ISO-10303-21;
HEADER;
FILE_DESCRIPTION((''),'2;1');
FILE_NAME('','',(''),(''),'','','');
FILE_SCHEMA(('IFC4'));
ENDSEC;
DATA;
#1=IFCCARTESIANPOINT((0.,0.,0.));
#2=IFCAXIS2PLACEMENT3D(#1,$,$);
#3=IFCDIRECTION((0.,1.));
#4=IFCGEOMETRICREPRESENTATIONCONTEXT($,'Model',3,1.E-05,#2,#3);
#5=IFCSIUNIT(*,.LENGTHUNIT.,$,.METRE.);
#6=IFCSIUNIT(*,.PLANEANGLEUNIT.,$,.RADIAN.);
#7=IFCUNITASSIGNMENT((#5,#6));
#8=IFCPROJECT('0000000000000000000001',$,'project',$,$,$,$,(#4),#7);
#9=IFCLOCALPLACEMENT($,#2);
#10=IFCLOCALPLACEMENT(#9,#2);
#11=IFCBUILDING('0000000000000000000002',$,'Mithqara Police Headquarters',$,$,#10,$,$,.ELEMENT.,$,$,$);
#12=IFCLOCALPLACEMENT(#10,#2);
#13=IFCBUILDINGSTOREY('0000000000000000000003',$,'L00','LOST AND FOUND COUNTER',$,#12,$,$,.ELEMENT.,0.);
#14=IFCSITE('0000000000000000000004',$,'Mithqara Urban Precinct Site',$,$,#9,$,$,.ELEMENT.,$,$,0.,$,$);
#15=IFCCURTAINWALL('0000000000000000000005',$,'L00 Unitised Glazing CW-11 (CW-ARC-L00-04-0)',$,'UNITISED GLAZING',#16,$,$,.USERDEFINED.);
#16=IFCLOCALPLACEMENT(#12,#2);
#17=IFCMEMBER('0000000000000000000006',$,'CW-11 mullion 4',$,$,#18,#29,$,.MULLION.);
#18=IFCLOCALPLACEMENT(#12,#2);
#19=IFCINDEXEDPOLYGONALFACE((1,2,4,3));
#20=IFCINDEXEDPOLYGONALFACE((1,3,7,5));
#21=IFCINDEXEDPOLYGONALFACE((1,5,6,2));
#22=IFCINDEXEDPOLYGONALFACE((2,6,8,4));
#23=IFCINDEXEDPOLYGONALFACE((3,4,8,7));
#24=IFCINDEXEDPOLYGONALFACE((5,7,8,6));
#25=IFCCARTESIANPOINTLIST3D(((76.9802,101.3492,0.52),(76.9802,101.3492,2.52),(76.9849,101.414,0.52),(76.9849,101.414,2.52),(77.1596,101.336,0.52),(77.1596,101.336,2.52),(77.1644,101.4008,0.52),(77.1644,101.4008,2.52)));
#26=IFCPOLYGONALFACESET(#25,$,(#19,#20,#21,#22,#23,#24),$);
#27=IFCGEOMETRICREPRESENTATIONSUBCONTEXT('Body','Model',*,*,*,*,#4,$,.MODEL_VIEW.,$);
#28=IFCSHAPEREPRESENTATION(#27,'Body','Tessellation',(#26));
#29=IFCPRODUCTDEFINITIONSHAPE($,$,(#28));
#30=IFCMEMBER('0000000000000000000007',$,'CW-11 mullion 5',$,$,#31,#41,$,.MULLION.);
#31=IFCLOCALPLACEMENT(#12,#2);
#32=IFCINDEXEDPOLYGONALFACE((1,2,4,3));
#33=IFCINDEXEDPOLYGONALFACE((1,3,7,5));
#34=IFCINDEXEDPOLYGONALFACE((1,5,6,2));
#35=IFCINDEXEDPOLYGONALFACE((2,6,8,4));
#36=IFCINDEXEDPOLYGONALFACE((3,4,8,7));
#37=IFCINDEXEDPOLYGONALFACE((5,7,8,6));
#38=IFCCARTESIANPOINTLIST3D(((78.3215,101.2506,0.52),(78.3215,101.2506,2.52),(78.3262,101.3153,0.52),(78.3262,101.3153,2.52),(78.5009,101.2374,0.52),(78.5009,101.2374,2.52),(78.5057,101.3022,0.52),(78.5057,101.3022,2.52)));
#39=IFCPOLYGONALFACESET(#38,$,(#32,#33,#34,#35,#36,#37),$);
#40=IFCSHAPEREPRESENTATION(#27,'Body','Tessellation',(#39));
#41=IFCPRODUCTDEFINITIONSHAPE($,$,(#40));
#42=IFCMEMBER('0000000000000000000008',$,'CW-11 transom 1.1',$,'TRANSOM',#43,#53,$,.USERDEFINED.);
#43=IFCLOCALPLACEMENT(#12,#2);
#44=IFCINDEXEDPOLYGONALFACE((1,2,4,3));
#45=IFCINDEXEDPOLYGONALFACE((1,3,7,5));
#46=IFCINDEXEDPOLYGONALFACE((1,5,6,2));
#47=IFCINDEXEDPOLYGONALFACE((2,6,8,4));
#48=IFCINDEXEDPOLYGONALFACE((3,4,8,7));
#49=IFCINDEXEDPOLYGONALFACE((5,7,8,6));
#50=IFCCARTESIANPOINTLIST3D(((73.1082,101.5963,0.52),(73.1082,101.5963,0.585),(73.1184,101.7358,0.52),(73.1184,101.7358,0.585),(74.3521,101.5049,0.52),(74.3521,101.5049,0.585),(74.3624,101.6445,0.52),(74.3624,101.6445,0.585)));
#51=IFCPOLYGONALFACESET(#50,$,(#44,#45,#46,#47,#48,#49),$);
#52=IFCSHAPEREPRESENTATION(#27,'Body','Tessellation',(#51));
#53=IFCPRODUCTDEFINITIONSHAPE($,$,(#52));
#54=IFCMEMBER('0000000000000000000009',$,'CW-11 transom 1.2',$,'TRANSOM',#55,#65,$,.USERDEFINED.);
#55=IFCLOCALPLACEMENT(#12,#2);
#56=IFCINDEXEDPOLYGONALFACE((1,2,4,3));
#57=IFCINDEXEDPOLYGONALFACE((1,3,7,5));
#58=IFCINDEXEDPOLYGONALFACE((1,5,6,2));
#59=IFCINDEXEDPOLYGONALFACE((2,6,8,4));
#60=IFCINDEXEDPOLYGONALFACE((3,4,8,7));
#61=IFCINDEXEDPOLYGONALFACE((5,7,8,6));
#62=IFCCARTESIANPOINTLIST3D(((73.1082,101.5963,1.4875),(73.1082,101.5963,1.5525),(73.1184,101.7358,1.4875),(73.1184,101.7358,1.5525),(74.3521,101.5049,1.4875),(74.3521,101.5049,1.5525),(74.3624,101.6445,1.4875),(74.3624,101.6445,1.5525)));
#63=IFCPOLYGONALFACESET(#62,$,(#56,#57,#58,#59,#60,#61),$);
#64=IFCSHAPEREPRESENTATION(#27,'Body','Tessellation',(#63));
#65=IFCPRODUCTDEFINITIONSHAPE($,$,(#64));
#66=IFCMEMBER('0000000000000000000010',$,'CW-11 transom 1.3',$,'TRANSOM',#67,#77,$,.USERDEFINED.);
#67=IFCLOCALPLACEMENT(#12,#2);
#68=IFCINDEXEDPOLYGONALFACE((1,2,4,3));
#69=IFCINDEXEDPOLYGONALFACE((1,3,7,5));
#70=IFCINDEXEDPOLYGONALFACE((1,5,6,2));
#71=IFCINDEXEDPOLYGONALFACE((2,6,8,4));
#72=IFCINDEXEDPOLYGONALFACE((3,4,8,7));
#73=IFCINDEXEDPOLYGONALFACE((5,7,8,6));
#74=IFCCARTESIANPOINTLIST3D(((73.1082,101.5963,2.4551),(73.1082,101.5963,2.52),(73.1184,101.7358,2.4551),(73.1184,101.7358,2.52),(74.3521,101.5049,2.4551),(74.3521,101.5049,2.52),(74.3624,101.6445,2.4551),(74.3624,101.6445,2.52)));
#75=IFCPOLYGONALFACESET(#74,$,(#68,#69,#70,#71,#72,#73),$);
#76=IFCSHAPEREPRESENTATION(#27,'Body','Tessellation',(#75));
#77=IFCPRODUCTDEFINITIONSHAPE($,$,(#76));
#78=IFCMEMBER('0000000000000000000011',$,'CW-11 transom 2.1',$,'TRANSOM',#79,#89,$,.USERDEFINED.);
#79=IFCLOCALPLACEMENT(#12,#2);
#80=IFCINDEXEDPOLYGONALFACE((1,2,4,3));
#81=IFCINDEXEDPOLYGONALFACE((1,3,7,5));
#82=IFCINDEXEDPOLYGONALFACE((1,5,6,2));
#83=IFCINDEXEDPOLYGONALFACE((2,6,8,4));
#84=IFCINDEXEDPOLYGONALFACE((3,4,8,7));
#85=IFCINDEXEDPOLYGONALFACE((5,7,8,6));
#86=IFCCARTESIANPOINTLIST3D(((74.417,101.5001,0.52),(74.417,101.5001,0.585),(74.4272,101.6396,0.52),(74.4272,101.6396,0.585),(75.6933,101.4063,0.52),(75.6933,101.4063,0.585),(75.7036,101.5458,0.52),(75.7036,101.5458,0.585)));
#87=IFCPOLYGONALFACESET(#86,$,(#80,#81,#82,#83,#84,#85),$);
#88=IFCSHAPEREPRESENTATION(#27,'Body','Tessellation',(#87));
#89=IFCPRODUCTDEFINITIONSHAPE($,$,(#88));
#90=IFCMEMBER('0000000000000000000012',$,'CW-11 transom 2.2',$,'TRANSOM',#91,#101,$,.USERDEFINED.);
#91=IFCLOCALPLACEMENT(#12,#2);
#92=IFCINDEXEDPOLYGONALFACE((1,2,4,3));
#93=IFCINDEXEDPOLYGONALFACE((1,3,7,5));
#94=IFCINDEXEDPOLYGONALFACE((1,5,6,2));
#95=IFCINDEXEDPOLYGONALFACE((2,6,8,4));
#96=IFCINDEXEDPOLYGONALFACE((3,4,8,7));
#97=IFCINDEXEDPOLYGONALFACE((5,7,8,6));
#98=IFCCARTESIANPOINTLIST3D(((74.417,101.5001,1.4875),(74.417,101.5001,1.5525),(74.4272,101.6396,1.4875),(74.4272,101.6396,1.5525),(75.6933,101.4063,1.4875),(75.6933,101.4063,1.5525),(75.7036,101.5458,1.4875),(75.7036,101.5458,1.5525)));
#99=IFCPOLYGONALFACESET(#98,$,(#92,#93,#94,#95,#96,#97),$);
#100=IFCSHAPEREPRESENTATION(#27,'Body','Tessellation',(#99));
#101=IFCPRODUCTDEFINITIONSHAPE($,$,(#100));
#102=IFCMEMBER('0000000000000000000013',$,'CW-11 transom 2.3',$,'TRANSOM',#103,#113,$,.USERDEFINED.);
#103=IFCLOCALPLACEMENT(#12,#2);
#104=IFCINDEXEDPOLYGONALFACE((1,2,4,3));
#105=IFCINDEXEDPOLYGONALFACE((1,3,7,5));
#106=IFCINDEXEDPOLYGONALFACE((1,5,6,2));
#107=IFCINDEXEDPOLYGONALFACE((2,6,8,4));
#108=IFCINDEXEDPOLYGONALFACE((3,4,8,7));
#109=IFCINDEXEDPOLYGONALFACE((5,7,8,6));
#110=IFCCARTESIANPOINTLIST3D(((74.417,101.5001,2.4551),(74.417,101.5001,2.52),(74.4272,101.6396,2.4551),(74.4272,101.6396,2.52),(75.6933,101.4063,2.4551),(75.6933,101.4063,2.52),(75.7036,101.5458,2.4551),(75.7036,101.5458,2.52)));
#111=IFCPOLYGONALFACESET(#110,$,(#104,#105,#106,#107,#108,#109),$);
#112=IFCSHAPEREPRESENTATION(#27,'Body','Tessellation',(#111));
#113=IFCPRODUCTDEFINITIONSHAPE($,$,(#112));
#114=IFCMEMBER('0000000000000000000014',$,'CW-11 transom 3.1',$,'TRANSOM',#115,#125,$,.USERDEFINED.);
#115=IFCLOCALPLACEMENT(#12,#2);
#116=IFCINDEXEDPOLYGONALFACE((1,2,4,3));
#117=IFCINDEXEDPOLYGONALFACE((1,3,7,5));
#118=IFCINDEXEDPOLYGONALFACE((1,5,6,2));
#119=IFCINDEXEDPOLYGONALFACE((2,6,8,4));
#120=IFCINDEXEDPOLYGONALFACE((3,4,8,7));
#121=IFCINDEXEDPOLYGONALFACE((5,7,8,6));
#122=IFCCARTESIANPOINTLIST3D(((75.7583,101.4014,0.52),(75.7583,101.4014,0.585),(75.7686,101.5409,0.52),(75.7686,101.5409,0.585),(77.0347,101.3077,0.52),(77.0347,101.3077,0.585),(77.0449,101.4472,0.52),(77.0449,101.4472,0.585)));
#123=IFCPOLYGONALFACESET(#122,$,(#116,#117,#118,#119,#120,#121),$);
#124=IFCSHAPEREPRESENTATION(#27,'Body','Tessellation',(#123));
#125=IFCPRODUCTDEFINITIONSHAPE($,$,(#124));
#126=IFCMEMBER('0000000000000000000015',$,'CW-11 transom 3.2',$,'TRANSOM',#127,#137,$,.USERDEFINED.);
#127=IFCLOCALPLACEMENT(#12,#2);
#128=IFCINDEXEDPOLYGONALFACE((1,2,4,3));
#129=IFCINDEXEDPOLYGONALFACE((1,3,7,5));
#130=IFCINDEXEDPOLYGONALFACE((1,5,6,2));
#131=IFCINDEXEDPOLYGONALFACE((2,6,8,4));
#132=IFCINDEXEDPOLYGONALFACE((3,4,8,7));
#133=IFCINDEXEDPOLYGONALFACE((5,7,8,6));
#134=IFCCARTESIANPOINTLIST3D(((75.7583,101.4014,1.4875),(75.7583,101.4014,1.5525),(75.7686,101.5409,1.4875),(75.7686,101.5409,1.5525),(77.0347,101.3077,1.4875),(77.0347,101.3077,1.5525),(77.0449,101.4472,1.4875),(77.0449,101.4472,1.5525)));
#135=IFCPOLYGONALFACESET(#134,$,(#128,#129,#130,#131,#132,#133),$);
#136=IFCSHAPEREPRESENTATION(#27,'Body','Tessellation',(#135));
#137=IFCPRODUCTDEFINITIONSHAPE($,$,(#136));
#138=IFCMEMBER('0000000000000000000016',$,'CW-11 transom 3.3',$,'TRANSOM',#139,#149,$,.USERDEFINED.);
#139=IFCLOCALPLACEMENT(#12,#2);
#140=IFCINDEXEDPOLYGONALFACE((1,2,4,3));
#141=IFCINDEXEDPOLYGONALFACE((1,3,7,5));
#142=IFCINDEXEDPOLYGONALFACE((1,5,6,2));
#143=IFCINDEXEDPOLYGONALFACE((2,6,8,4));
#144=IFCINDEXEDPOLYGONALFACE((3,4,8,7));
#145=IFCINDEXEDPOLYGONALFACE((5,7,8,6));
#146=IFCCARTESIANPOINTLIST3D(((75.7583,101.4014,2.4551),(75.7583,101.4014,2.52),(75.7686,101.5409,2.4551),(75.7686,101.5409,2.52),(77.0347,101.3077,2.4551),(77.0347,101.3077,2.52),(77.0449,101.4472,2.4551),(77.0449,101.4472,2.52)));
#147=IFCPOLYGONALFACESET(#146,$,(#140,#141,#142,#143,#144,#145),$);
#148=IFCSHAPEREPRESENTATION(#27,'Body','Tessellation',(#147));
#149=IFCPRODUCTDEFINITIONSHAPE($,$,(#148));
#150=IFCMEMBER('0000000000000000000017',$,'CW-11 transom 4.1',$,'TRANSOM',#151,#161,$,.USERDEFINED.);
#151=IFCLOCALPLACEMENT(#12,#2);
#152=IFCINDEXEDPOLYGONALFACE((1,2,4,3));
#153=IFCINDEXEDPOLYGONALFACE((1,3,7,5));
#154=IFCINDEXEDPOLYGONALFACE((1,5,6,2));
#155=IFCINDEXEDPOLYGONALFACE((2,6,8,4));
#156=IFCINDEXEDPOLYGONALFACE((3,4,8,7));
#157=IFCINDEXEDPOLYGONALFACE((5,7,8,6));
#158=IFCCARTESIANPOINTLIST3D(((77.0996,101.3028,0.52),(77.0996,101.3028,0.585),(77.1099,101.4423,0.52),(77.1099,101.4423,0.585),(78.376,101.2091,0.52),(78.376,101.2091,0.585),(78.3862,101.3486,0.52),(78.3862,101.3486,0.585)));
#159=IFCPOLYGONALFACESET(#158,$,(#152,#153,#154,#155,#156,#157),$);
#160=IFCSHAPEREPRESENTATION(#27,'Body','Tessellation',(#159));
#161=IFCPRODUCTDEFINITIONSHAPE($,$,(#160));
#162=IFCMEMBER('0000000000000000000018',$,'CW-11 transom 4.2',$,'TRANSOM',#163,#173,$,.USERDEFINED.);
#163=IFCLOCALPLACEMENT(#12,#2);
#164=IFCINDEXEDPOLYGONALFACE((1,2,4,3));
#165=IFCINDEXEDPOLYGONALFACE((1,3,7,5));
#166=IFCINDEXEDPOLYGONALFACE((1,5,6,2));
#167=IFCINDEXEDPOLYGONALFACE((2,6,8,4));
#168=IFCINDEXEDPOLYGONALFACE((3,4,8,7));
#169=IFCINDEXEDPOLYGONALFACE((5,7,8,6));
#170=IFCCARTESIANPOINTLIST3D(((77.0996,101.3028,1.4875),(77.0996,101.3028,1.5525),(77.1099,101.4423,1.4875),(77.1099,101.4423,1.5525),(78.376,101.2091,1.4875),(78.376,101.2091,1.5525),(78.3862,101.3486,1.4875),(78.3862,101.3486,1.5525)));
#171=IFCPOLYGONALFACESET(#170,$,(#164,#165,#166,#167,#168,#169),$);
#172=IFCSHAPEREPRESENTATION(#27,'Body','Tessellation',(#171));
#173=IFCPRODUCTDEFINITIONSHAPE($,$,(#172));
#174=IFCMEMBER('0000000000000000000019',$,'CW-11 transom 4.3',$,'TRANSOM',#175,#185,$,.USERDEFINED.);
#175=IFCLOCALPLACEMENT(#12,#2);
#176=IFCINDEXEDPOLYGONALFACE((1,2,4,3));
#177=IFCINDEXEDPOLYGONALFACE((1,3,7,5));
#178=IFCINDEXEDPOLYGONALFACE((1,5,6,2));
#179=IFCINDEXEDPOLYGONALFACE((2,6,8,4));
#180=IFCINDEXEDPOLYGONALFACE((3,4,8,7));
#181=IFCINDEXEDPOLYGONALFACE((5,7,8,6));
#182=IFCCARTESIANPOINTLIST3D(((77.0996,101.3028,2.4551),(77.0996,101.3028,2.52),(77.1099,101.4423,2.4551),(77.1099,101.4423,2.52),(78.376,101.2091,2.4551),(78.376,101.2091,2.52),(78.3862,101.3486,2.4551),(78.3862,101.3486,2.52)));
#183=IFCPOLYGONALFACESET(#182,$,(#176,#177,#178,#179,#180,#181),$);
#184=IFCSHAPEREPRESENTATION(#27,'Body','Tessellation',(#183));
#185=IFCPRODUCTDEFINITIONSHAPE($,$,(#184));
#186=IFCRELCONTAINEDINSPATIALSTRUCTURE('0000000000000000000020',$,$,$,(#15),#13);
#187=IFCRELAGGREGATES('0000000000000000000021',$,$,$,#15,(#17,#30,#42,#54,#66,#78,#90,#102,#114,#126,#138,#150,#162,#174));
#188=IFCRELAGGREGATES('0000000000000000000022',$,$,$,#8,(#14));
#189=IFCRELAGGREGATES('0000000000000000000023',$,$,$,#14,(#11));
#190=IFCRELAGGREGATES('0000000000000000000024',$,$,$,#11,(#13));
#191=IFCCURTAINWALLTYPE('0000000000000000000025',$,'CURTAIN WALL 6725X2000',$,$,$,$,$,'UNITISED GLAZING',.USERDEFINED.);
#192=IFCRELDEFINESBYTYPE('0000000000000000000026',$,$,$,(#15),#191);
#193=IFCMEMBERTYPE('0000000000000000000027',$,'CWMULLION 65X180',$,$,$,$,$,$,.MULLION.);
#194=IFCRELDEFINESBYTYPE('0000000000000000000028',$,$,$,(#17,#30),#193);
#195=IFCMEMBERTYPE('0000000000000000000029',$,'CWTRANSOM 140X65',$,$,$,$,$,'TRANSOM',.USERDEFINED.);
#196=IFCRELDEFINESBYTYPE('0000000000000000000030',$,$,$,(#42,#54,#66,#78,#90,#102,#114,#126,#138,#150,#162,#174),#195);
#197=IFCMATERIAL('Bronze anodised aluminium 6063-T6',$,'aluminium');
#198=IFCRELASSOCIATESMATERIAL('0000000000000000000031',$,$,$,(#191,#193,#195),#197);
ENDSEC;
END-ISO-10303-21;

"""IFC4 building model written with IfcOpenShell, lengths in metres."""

from ifc_helpers import new_model, si_unit, direction, frame, origin, origin_2d, place, context, subcontext, project, spatial, rectangle, extrude, material, material_profile, profile_set, type_object, element, aggregate, save


model = new_model("IFC4")

# Units and contexts
model_context = context("Model", 3, precision=1e-05, world=origin(), true_north=direction((0.0, 1.0)))
body_context = subcontext(model_context, "Body", "Model", "MODEL_VIEW")
ifc_project = project(units=[si_unit("LENGTHUNIT", "METRE"), si_unit("PLANEANGLEUNIT", "RADIAN")], contexts=[model_context])

# Site, building, storey
site_placement = place(None, origin())
site = spatial("IfcSite", under=ifc_project, at=site_placement, Name="Mithqara Urban Precinct Site", CompositionType="ELEMENT", RefElevation=0.0)
building_placement = place(site_placement, origin())
building = spatial("IfcBuilding", under=site, at=building_placement, Name="Mithqara Police Headquarters", CompositionType="ELEMENT")
storey_placement = place(building_placement, origin())
storey = spatial("IfcBuildingStorey", under=building, at=storey_placement, Name="L00", Description="LOST AND FOUND COUNTER", CompositionType="ELEMENT", Elevation=0.0)

# Curtain wall, members
ifc_material_1 = material(Name="Bronze anodised aluminium 6063-T6", Category="aluminium")
curtain_wall_type = type_object("IfcCurtainWallType", Name="CURTAIN WALL 6725X2000", ElementType="UNITISED GLAZING", PredefinedType="USERDEFINED", material=ifc_material_1)
curtain_wall_placement = place(storey_placement, origin())
curtain_wall = element("IfcCurtainWall", 1, at=curtain_wall_placement, inside=storey, type_object=curtain_wall_type, Name="L00 Unitised Glazing CW-11 (CW-ARC-L00-04-0)", ObjectType="UNITISED GLAZING", PredefinedType="USERDEFINED")
ifc_material_profile_1 = material_profile(ifc_material_1, rectangle(XDim=0.0649, YDim=0.1799, at=origin_2d()), Name="CWM 65x180")
ifc_profile_set_1 = profile_set([ifc_material_profile_1], Name="Bronze anodised aluminium 6063-T6")
member_type_1 = type_object("IfcMemberType", Name="CWMULLION 65X180", PredefinedType="MULLION", material=ifc_profile_set_1)
member_1_placement = place(storey_placement, frame((77.0723, 101.375, 0.52), z_axis=(0.0, 0.0, 1.0), x_axis=(0.073298, 0.99731, 0.0)))
member_1 = element("IfcMember", 2, at=member_1_placement, type_object=member_type_1, Name="CW-11 mullion 4", PredefinedType="MULLION", context=body_context, shape_type="SweptSolid", body=[
    extrude(rectangle(XDim=0.0649, YDim=0.1799, at=origin_2d()), origin(), (0.0, 0.0, 1.0), 2.0),
])
member_2_placement = place(storey_placement, frame((78.4136, 101.2764, 0.52), z_axis=(0.0, 0.0, 1.0), x_axis=(0.073298, 0.99731, 0.0)))
member_2 = element("IfcMember", 3, at=member_2_placement, type_object=member_type_1, Name="CW-11 mullion 5", PredefinedType="MULLION", context=body_context, shape_type="SweptSolid", body=[
    extrude(rectangle(XDim=0.0649, YDim=0.1799, at=origin_2d()), origin(), (0.0, 0.0, 1.0), 2.0),
])
ifc_material_profile_2 = material_profile(ifc_material_1, rectangle(XDim=0.1399, YDim=0.0649, at=origin_2d()), Name="CWT 140x65")
ifc_profile_set_2 = profile_set([ifc_material_profile_2], Name="Bronze anodised aluminium 6063-T6")
member_type_2 = type_object("IfcMemberType", Name="CWTRANSOM 140X65", ElementType="TRANSOM", PredefinedType="USERDEFINED", material=ifc_profile_set_2)
member_3_placement = place(storey_placement, frame((73.1133, 101.666, 0.5525), z_axis=(0.997317, -0.073208, 0.0), x_axis=(0.073208, 0.997317, 0.0)))
member_3 = element("IfcMember", 4, at=member_3_placement, type_object=member_type_2, Name="CW-11 transom 1.1", ObjectType="TRANSOM", PredefinedType="USERDEFINED", context=body_context, shape_type="SweptSolid", body=[
    extrude(rectangle(XDim=0.1399, YDim=0.0649, at=origin_2d()), origin(), (0.0, 0.0, 1.0), 1.2473),
])
member_4_placement = place(storey_placement, frame((73.1133, 101.666, 1.52), z_axis=(0.997317, -0.073208, 0.0), x_axis=(0.073208, 0.997317, 0.0)))
member_4 = element("IfcMember", 5, at=member_4_placement, type_object=member_type_2, Name="CW-11 transom 1.2", ObjectType="TRANSOM", PredefinedType="USERDEFINED", context=body_context, shape_type="SweptSolid", body=[
    extrude(rectangle(XDim=0.1399, YDim=0.0649, at=origin_2d()), origin(), (0.0, 0.0, 1.0), 1.2473),
])
member_5_placement = place(storey_placement, frame((73.1133, 101.666, 2.4875), z_axis=(0.997317, -0.073208, 0.0), x_axis=(0.073208, 0.997317, 0.0)))
member_5 = element("IfcMember", 6, at=member_5_placement, type_object=member_type_2, Name="CW-11 transom 1.3", ObjectType="TRANSOM", PredefinedType="USERDEFINED", context=body_context, shape_type="SweptSolid", body=[
    extrude(rectangle(XDim=0.1399, YDim=0.0649, at=origin_2d()), origin(), (0.0, 0.0, 1.0), 1.2473),
])
member_6_placement = place(storey_placement, frame((74.4221, 101.5698, 0.5525), z_axis=(0.997313, -0.073253, 0.0), x_axis=(0.073253, 0.997313, 0.0)))
member_6 = element("IfcMember", 7, at=member_6_placement, type_object=member_type_2, Name="CW-11 transom 2.1", ObjectType="TRANSOM", PredefinedType="USERDEFINED", context=body_context, shape_type="SweptSolid", body=[
    extrude(rectangle(XDim=0.1399, YDim=0.0649, at=origin_2d()), origin(), (0.0, 0.0, 1.0), 1.2798),
])
member_7_placement = place(storey_placement, frame((74.4221, 101.5698, 1.52), z_axis=(0.997313, -0.073253, 0.0), x_axis=(0.073253, 0.997313, 0.0)))
member_7 = element("IfcMember", 8, at=member_7_placement, type_object=member_type_2, Name="CW-11 transom 2.2", ObjectType="TRANSOM", PredefinedType="USERDEFINED", context=body_context, shape_type="SweptSolid", body=[
    extrude(rectangle(XDim=0.1399, YDim=0.0649, at=origin_2d()), origin(), (0.0, 0.0, 1.0), 1.2798),
])
member_8_placement = place(storey_placement, frame((74.4221, 101.5698, 2.4875), z_axis=(0.997313, -0.073253, 0.0), x_axis=(0.073253, 0.997313, 0.0)))
member_8 = element("IfcMember", 9, at=member_8_placement, type_object=member_type_2, Name="CW-11 transom 2.3", ObjectType="TRANSOM", PredefinedType="USERDEFINED", context=body_context, shape_type="SweptSolid", body=[
    extrude(rectangle(XDim=0.1399, YDim=0.0649, at=origin_2d()), origin(), (0.0, 0.0, 1.0), 1.2798),
])
member_9_placement = place(storey_placement, frame((75.7634, 101.4712, 0.5525), z_axis=(0.997313, -0.073253, 0.0), x_axis=(0.073253, 0.997313, 0.0)))
member_9 = element("IfcMember", 10, at=member_9_placement, type_object=member_type_2, Name="CW-11 transom 3.1", ObjectType="TRANSOM", PredefinedType="USERDEFINED", context=body_context, shape_type="SweptSolid", body=[
    extrude(rectangle(XDim=0.1399, YDim=0.0649, at=origin_2d()), origin(), (0.0, 0.0, 1.0), 1.2798),
])
member_10_placement = place(storey_placement, frame((75.7634, 101.4712, 1.52), z_axis=(0.997313, -0.073253, 0.0), x_axis=(0.073253, 0.997313, 0.0)))
member_10 = element("IfcMember", 11, at=member_10_placement, type_object=member_type_2, Name="CW-11 transom 3.2", ObjectType="TRANSOM", PredefinedType="USERDEFINED", context=body_context, shape_type="SweptSolid", body=[
    extrude(rectangle(XDim=0.1399, YDim=0.0649, at=origin_2d()), origin(), (0.0, 0.0, 1.0), 1.2798),
])
member_11_placement = place(storey_placement, frame((75.7634, 101.4712, 2.4875), z_axis=(0.997313, -0.073253, 0.0), x_axis=(0.073253, 0.997313, 0.0)))
member_11 = element("IfcMember", 12, at=member_11_placement, type_object=member_type_2, Name="CW-11 transom 3.3", ObjectType="TRANSOM", PredefinedType="USERDEFINED", context=body_context, shape_type="SweptSolid", body=[
    extrude(rectangle(XDim=0.1399, YDim=0.0649, at=origin_2d()), origin(), (0.0, 0.0, 1.0), 1.2798),
])
member_12_placement = place(storey_placement, frame((77.1047, 101.3726, 0.5525), z_axis=(0.997313, -0.073253, 0.0), x_axis=(0.073253, 0.997313, 0.0)))
member_12 = element("IfcMember", 13, at=member_12_placement, type_object=member_type_2, Name="CW-11 transom 4.1", ObjectType="TRANSOM", PredefinedType="USERDEFINED", context=body_context, shape_type="SweptSolid", body=[
    extrude(rectangle(XDim=0.1399, YDim=0.0649, at=origin_2d()), origin(), (0.0, 0.0, 1.0), 1.2798),
])
member_13_placement = place(storey_placement, frame((77.1047, 101.3726, 1.52), z_axis=(0.997313, -0.073253, 0.0), x_axis=(0.073253, 0.997313, 0.0)))
member_13 = element("IfcMember", 14, at=member_13_placement, type_object=member_type_2, Name="CW-11 transom 4.2", ObjectType="TRANSOM", PredefinedType="USERDEFINED", context=body_context, shape_type="SweptSolid", body=[
    extrude(rectangle(XDim=0.1399, YDim=0.0649, at=origin_2d()), origin(), (0.0, 0.0, 1.0), 1.2798),
])
member_14_placement = place(storey_placement, frame((77.1047, 101.3726, 2.4875), z_axis=(0.997313, -0.073253, 0.0), x_axis=(0.073253, 0.997313, 0.0)))
member_14 = element("IfcMember", 15, at=member_14_placement, type_object=member_type_2, Name="CW-11 transom 4.3", ObjectType="TRANSOM", PredefinedType="USERDEFINED", context=body_context, shape_type="SweptSolid", body=[
    extrude(rectangle(XDim=0.1399, YDim=0.0649, at=origin_2d()), origin(), (0.0, 0.0, 1.0), 1.2798),
])

aggregate(curtain_wall, [member_1, member_2, member_3, member_4, member_5, member_6, member_7, member_8, member_9, member_10, member_11, member_12, member_13, member_14])

save(model, "model.ifc")
